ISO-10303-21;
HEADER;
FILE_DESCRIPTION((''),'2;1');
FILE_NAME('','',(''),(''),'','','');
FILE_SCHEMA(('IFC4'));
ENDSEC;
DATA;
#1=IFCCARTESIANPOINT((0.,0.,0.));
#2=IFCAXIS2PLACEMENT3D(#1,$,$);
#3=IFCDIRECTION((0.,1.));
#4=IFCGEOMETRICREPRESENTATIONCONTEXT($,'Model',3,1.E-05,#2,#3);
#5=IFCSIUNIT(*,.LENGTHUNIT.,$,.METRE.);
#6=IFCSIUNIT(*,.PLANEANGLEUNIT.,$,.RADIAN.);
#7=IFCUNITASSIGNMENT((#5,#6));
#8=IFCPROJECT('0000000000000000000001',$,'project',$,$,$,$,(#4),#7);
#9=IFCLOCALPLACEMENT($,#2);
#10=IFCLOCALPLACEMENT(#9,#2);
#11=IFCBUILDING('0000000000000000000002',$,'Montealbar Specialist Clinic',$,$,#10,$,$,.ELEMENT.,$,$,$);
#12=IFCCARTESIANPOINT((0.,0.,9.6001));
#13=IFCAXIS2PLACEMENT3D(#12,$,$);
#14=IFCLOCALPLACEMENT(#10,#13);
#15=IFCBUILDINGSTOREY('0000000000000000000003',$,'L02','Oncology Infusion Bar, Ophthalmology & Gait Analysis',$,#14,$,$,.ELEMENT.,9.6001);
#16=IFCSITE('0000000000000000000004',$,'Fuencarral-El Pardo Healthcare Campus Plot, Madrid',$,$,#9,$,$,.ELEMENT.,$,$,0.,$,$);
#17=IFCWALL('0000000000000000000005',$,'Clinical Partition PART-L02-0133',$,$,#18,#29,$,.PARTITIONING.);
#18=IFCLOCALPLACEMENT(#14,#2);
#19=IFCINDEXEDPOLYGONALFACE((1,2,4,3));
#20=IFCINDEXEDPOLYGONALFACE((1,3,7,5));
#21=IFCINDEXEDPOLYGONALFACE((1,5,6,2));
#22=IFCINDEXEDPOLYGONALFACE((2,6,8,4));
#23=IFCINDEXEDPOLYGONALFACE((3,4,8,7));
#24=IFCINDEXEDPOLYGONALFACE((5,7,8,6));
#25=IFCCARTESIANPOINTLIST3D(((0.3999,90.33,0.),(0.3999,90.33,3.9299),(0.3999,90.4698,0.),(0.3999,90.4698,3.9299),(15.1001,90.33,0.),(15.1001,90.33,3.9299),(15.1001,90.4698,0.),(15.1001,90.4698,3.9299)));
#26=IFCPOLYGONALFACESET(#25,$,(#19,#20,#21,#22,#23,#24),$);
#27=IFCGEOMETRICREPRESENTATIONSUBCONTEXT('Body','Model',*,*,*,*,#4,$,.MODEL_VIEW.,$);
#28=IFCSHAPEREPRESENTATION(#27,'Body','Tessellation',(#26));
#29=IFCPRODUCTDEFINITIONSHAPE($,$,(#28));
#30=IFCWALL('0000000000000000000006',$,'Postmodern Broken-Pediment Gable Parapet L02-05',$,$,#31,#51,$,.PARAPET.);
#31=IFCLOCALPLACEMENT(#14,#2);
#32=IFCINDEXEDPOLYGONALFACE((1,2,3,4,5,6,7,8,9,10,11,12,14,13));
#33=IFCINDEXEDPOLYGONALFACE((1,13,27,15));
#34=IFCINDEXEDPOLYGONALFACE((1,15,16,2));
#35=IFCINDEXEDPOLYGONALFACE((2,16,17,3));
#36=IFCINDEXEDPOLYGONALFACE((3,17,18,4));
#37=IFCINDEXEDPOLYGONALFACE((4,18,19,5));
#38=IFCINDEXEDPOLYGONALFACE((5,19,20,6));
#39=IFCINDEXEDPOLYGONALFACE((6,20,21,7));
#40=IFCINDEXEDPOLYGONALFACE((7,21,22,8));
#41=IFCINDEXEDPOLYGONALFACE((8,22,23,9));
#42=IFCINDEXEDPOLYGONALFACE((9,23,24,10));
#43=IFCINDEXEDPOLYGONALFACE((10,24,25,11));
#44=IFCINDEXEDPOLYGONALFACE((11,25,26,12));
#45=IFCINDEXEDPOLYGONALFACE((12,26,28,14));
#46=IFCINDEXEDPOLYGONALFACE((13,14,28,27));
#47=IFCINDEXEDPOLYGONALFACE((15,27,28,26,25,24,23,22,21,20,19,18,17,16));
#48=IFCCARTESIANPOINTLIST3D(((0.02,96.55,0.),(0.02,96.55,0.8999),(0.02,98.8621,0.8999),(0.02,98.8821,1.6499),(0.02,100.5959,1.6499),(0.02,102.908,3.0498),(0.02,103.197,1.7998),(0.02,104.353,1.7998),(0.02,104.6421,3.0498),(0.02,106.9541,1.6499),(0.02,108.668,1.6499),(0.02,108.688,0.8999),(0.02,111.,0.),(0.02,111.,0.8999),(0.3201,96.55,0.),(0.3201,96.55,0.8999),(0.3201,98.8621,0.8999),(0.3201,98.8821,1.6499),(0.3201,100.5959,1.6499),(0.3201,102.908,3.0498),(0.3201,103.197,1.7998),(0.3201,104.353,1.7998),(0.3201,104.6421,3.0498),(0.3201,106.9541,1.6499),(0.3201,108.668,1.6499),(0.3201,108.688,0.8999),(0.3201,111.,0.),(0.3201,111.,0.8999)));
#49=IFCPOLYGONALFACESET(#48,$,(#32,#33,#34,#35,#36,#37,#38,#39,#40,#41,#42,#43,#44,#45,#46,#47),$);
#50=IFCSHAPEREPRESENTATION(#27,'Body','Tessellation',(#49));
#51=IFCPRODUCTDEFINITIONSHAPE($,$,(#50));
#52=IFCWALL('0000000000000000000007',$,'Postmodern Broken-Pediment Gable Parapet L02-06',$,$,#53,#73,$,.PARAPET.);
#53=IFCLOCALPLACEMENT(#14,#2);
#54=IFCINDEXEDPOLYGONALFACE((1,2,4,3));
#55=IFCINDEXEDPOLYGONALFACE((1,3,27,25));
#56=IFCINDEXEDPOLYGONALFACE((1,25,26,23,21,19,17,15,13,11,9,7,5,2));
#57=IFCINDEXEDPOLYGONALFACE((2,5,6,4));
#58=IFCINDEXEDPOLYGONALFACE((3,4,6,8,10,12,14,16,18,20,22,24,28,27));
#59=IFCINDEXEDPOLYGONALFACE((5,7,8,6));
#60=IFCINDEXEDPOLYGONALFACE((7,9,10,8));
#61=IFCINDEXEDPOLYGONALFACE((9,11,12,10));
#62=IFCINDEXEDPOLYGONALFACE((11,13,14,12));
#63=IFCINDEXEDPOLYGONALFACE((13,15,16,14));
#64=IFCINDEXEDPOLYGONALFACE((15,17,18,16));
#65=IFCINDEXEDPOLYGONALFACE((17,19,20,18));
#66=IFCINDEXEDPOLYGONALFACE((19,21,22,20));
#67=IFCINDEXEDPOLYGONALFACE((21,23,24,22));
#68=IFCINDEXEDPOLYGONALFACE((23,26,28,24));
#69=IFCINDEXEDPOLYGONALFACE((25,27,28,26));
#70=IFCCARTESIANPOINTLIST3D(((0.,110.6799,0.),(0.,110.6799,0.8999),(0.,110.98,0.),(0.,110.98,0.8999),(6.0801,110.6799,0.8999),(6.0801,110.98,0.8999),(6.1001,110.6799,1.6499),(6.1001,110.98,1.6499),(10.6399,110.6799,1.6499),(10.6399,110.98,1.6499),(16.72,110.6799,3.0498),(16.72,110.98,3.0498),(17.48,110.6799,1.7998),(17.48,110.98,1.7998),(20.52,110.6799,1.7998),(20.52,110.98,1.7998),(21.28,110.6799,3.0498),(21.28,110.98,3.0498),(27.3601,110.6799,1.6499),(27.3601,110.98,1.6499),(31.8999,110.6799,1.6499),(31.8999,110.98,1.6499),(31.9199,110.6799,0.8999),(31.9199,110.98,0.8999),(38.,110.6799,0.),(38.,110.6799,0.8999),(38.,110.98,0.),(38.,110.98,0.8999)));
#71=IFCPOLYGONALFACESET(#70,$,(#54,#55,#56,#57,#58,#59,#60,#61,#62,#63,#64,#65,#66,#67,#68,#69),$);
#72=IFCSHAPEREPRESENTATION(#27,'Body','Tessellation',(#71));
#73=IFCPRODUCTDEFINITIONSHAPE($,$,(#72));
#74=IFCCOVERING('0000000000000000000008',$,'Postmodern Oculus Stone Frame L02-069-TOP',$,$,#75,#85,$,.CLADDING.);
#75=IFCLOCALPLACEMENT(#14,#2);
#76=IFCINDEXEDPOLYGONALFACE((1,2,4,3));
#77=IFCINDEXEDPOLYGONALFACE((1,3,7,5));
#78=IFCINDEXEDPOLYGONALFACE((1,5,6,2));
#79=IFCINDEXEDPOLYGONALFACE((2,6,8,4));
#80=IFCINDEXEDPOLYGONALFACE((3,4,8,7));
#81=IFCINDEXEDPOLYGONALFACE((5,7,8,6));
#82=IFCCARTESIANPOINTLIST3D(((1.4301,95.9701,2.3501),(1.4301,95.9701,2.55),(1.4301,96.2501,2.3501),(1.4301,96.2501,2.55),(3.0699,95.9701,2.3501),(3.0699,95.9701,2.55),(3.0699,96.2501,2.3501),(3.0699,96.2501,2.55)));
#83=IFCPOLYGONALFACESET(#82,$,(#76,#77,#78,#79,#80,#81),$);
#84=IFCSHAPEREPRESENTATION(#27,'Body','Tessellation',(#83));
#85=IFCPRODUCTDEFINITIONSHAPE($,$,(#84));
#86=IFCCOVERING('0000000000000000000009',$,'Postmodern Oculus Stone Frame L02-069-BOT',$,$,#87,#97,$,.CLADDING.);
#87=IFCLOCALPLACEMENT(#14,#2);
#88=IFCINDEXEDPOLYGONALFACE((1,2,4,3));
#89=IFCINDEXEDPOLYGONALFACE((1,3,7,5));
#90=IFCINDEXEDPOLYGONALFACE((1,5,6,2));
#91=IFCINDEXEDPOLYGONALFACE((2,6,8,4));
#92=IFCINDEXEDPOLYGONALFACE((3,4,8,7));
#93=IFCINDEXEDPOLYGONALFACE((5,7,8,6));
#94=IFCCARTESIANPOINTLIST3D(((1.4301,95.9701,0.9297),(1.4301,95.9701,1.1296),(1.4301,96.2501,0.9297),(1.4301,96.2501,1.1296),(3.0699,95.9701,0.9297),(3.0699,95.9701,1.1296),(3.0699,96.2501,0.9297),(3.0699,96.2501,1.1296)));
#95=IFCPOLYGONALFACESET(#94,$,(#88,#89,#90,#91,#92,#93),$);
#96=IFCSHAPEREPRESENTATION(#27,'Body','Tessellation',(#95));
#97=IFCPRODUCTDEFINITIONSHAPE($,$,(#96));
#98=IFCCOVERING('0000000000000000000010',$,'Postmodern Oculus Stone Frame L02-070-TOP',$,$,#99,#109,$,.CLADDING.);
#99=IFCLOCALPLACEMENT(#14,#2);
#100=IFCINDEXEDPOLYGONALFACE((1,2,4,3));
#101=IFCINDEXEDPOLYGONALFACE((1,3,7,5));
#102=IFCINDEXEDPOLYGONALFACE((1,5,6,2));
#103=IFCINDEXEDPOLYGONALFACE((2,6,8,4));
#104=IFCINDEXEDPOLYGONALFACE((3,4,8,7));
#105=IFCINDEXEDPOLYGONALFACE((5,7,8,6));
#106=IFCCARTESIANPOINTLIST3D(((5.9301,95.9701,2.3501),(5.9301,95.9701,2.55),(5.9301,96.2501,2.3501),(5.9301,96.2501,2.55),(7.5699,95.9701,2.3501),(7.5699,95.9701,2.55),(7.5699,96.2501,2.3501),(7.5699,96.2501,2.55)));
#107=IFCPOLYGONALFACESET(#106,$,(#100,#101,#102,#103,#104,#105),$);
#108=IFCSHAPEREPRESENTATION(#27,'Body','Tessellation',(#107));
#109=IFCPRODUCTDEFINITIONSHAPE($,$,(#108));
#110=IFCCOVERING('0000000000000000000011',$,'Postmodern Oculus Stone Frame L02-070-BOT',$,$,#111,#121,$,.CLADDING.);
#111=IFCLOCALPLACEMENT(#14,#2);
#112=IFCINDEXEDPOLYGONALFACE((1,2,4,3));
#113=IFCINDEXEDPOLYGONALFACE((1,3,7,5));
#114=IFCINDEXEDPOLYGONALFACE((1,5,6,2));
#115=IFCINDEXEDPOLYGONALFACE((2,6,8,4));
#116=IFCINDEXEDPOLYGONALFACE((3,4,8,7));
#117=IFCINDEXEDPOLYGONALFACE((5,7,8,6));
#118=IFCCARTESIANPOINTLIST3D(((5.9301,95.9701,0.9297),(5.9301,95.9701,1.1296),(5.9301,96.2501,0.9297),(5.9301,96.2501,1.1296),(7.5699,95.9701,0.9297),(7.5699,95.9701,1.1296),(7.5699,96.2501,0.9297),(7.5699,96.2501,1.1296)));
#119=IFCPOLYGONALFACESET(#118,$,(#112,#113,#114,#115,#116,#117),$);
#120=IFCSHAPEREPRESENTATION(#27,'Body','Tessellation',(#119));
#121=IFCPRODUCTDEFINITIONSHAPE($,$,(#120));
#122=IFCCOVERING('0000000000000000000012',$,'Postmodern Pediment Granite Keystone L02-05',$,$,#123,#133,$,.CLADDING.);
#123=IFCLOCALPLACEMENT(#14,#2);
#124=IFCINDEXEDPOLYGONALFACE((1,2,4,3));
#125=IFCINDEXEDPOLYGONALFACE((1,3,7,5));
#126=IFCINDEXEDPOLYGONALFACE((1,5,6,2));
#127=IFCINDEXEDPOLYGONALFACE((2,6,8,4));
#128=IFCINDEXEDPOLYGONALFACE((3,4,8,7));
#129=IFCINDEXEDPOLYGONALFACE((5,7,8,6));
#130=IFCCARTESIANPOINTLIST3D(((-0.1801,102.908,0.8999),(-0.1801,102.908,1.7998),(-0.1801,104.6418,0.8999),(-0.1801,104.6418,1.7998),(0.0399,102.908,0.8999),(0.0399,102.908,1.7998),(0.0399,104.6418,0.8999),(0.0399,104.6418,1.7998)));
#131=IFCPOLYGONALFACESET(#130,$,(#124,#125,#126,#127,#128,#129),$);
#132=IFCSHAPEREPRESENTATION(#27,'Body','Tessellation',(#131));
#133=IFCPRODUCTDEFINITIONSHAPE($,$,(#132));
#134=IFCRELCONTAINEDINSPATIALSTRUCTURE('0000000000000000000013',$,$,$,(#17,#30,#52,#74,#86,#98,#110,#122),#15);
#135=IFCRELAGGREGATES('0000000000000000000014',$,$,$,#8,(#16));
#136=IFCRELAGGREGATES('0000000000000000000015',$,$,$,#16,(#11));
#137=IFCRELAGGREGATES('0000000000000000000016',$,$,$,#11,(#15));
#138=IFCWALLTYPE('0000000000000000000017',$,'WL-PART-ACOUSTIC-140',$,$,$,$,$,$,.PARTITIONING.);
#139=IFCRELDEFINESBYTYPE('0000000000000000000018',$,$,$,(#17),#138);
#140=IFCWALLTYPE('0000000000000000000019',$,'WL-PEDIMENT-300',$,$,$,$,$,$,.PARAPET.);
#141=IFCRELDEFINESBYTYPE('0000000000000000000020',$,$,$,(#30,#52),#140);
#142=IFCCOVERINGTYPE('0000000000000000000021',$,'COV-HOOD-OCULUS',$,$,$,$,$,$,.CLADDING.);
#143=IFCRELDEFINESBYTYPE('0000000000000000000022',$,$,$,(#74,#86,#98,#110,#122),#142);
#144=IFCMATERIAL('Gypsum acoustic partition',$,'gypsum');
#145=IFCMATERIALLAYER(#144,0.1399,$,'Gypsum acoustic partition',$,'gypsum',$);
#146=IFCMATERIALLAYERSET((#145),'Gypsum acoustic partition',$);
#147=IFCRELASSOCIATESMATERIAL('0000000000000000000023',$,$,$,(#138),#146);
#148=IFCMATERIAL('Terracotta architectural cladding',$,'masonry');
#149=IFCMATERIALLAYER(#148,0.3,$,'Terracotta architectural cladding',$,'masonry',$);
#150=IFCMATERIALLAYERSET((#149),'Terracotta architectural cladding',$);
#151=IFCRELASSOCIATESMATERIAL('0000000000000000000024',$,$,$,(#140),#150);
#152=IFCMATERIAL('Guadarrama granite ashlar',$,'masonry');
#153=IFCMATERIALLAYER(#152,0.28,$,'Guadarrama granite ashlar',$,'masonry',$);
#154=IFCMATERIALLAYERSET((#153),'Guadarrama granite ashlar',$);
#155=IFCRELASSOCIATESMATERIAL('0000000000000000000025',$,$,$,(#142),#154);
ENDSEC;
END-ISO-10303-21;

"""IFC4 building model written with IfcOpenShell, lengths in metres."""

from ifc_helpers import new_model, si_unit, direction, frame, frame_2d, origin, origin_2d, place, context, subcontext, project, spatial, polyline, rectangle, outline, extrude, material, layer, layer_set, type_object, element, save


model = new_model("IFC4")

# Units and contexts
model_context = context("Model", 3, precision=1e-05, world=origin(), true_north=direction((0.0, 1.0)))
body_context = subcontext(model_context, "Body", "Model", "MODEL_VIEW")
ifc_project = project(units=[si_unit("LENGTHUNIT", "METRE"), si_unit("PLANEANGLEUNIT", "RADIAN")], contexts=[model_context])

# Site, building, storey
site_placement = place(None, origin())
site = spatial("IfcSite", under=ifc_project, at=site_placement, Name="Fuencarral-El Pardo Healthcare Campus Plot, Madrid", CompositionType="ELEMENT", RefElevation=0.0)
building_placement = place(site_placement, origin())
building = spatial("IfcBuilding", under=site, at=building_placement, Name="Montealbar Specialist Clinic", CompositionType="ELEMENT")
storey_placement = place(building_placement, frame((0.0, 0.0, 9.6001)))
storey = spatial("IfcBuildingStorey", under=building, at=storey_placement, Name="L02", Description="Oncology Infusion Bar, Ophthalmology & Gait Analysis", CompositionType="ELEMENT", Elevation=9.6001)

# Shared definitions
ifc_material_1 = material(Name="Guadarrama granite ashlar", Category="masonry")

# Walls
ifc_material_2 = material(Name="Gypsum acoustic partition", Category="gypsum")
ifc_layer_1 = layer(ifc_material_2, 0.1399, Name="Gypsum acoustic partition", Category="gypsum")
ifc_layer_set_1 = layer_set([ifc_layer_1], Name="Gypsum acoustic partition")
wall_type_1 = type_object("IfcWallType", Name="WL-PART-ACOUSTIC-140", PredefinedType="PARTITIONING", material=ifc_layer_set_1)
wall_1_placement = place(storey_placement, frame((0.3999, 90.3999, 0.0), z_axis=(0.0, 0.0, 1.0), x_axis=(1.0, 0.0, 0.0)))
element("IfcWall", 1, at=wall_1_placement, inside=storey, type_object=wall_type_1, Name="Clinical Partition PART-L02-0133", PredefinedType="PARTITIONING", context=body_context, shape_type="SweptSolid", body=[
    extrude(rectangle(XDim=14.7002, YDim=0.1399, at=frame_2d((7.3501, 0.0))), origin(), (0.0, 0.0, 1.0), 3.9299),
])
ifc_material_3 = material(Name="Terracotta architectural cladding", Category="masonry")
ifc_layer_2 = layer(ifc_material_3, 0.3, Name="Terracotta architectural cladding", Category="masonry")
ifc_layer_set_2 = layer_set([ifc_layer_2], Name="Terracotta architectural cladding")
wall_type_2 = type_object("IfcWallType", Name="WL-PEDIMENT-300", PredefinedType="PARAPET", material=ifc_layer_set_2)
wall_2_placement = place(storey_placement, frame((0.1699, 96.55, 0.0), z_axis=(0.0, 0.0, 1.0), x_axis=(0.0, 1.0, 0.0)))
element("IfcWall", 2, at=wall_2_placement, inside=storey, type_object=wall_type_2, Name="Postmodern Broken-Pediment Gable Parapet L02-05", PredefinedType="PARAPET", context=body_context, shape_type="SweptSolid", body=[
    extrude(outline(polyline([(0.0, 0.0), (14.45, 0.0), (14.45, 0.8999), (12.1379, 0.8999), (12.1179, 1.6499), (10.4041, 1.6499), (8.092, 3.0498), (7.803, 1.7998), (6.647, 1.7998), (6.3579, 3.0498), (4.0459, 1.6499), (2.332, 1.6499), (2.312, 0.8999), (0.0, 0.8999), (0.0, 0.0)])), frame((0.0, 0.1499, 0.0), z_axis=(0.0, -1.0, 0.0), x_axis=(1.0, 0.0, 0.0)), (0.0, 0.0, 1.0), 0.3),
])
wall_3_placement = place(storey_placement, frame((0.0, 110.8301, 0.0), z_axis=(0.0, 0.0, 1.0), x_axis=(1.0, 0.0, 0.0)))
element("IfcWall", 3, at=wall_3_placement, inside=storey, type_object=wall_type_2, Name="Postmodern Broken-Pediment Gable Parapet L02-06", PredefinedType="PARAPET", context=body_context, shape_type="SweptSolid", body=[
    extrude(outline(polyline([(0.0, 0.0), (38.0, 0.0), (38.0, 0.8999), (31.9199, 0.8999), (31.8999, 1.6499), (27.3601, 1.6499), (21.28, 3.0498), (20.52, 1.7998), (17.48, 1.7998), (16.72, 3.0498), (10.6399, 1.6499), (6.1001, 1.6499), (6.0801, 0.8999), (0.0, 0.8999), (0.0, 0.0)])), frame((0.0, 0.1499, 0.0), z_axis=(0.0, -1.0, 0.0), x_axis=(1.0, 0.0, 0.0)), (0.0, 0.0, 1.0), 0.3),
])

# Coverings
ifc_layer_3 = layer(ifc_material_1, 0.28, Name="Guadarrama granite ashlar", Category="masonry")
ifc_layer_set_3 = layer_set([ifc_layer_3], Name="Guadarrama granite ashlar")
covering_type = type_object("IfcCoveringType", Name="COV-HOOD-OCULUS", PredefinedType="CLADDING", material=ifc_layer_set_3)
for number, where, z_axis, x_axis, name in (
    (4, (2.25, 96.1101, 2.3501), (0.0, 0.0, 1.0), (1.0, 0.0, 0.0), "Postmodern Oculus Stone Frame L02-069-TOP"),
    (5, (2.25, 96.1101, 0.9297), (0.0, 0.0, 1.0), (1.0, 0.0, 0.0), "Postmodern Oculus Stone Frame L02-069-BOT"),
    (6, (6.75, 96.1101, 2.3501), (0.0, 0.0, 1.0), (1.0, 0.0, 0.0), "Postmodern Oculus Stone Frame L02-070-TOP"),
    (7, (6.75, 96.1101, 0.9297), (0.0, 0.0, 1.0), (1.0, 0.0, 0.0), "Postmodern Oculus Stone Frame L02-070-BOT"),
):
    element("IfcCovering", number, at=place(storey_placement, frame(where, z_axis=z_axis, x_axis=x_axis)), inside=storey, type_object=covering_type, Name=name, PredefinedType="CLADDING", context=body_context, shape_type="SweptSolid", body=[
        extrude(rectangle(XDim=1.6399, YDim=0.28, at=origin_2d()), origin(), (0.0, 0.0, 1.0), 0.2),
    ])
covering_placement = place(storey_placement, frame((-0.0701, 103.7749, 0.8999), z_axis=(0.0, 0.0, 1.0), x_axis=(0.0, 1.0, 0.0)))
element("IfcCovering", 8, at=covering_placement, inside=storey, type_object=covering_type, Name="Postmodern Pediment Granite Keystone L02-05", PredefinedType="CLADDING", context=body_context, shape_type="SweptSolid", body=[
    extrude(rectangle(XDim=1.7339, YDim=0.22, at=origin_2d()), origin(), (0.0, 0.0, 1.0), 0.8999),
])

save(model, "model.ifc")
